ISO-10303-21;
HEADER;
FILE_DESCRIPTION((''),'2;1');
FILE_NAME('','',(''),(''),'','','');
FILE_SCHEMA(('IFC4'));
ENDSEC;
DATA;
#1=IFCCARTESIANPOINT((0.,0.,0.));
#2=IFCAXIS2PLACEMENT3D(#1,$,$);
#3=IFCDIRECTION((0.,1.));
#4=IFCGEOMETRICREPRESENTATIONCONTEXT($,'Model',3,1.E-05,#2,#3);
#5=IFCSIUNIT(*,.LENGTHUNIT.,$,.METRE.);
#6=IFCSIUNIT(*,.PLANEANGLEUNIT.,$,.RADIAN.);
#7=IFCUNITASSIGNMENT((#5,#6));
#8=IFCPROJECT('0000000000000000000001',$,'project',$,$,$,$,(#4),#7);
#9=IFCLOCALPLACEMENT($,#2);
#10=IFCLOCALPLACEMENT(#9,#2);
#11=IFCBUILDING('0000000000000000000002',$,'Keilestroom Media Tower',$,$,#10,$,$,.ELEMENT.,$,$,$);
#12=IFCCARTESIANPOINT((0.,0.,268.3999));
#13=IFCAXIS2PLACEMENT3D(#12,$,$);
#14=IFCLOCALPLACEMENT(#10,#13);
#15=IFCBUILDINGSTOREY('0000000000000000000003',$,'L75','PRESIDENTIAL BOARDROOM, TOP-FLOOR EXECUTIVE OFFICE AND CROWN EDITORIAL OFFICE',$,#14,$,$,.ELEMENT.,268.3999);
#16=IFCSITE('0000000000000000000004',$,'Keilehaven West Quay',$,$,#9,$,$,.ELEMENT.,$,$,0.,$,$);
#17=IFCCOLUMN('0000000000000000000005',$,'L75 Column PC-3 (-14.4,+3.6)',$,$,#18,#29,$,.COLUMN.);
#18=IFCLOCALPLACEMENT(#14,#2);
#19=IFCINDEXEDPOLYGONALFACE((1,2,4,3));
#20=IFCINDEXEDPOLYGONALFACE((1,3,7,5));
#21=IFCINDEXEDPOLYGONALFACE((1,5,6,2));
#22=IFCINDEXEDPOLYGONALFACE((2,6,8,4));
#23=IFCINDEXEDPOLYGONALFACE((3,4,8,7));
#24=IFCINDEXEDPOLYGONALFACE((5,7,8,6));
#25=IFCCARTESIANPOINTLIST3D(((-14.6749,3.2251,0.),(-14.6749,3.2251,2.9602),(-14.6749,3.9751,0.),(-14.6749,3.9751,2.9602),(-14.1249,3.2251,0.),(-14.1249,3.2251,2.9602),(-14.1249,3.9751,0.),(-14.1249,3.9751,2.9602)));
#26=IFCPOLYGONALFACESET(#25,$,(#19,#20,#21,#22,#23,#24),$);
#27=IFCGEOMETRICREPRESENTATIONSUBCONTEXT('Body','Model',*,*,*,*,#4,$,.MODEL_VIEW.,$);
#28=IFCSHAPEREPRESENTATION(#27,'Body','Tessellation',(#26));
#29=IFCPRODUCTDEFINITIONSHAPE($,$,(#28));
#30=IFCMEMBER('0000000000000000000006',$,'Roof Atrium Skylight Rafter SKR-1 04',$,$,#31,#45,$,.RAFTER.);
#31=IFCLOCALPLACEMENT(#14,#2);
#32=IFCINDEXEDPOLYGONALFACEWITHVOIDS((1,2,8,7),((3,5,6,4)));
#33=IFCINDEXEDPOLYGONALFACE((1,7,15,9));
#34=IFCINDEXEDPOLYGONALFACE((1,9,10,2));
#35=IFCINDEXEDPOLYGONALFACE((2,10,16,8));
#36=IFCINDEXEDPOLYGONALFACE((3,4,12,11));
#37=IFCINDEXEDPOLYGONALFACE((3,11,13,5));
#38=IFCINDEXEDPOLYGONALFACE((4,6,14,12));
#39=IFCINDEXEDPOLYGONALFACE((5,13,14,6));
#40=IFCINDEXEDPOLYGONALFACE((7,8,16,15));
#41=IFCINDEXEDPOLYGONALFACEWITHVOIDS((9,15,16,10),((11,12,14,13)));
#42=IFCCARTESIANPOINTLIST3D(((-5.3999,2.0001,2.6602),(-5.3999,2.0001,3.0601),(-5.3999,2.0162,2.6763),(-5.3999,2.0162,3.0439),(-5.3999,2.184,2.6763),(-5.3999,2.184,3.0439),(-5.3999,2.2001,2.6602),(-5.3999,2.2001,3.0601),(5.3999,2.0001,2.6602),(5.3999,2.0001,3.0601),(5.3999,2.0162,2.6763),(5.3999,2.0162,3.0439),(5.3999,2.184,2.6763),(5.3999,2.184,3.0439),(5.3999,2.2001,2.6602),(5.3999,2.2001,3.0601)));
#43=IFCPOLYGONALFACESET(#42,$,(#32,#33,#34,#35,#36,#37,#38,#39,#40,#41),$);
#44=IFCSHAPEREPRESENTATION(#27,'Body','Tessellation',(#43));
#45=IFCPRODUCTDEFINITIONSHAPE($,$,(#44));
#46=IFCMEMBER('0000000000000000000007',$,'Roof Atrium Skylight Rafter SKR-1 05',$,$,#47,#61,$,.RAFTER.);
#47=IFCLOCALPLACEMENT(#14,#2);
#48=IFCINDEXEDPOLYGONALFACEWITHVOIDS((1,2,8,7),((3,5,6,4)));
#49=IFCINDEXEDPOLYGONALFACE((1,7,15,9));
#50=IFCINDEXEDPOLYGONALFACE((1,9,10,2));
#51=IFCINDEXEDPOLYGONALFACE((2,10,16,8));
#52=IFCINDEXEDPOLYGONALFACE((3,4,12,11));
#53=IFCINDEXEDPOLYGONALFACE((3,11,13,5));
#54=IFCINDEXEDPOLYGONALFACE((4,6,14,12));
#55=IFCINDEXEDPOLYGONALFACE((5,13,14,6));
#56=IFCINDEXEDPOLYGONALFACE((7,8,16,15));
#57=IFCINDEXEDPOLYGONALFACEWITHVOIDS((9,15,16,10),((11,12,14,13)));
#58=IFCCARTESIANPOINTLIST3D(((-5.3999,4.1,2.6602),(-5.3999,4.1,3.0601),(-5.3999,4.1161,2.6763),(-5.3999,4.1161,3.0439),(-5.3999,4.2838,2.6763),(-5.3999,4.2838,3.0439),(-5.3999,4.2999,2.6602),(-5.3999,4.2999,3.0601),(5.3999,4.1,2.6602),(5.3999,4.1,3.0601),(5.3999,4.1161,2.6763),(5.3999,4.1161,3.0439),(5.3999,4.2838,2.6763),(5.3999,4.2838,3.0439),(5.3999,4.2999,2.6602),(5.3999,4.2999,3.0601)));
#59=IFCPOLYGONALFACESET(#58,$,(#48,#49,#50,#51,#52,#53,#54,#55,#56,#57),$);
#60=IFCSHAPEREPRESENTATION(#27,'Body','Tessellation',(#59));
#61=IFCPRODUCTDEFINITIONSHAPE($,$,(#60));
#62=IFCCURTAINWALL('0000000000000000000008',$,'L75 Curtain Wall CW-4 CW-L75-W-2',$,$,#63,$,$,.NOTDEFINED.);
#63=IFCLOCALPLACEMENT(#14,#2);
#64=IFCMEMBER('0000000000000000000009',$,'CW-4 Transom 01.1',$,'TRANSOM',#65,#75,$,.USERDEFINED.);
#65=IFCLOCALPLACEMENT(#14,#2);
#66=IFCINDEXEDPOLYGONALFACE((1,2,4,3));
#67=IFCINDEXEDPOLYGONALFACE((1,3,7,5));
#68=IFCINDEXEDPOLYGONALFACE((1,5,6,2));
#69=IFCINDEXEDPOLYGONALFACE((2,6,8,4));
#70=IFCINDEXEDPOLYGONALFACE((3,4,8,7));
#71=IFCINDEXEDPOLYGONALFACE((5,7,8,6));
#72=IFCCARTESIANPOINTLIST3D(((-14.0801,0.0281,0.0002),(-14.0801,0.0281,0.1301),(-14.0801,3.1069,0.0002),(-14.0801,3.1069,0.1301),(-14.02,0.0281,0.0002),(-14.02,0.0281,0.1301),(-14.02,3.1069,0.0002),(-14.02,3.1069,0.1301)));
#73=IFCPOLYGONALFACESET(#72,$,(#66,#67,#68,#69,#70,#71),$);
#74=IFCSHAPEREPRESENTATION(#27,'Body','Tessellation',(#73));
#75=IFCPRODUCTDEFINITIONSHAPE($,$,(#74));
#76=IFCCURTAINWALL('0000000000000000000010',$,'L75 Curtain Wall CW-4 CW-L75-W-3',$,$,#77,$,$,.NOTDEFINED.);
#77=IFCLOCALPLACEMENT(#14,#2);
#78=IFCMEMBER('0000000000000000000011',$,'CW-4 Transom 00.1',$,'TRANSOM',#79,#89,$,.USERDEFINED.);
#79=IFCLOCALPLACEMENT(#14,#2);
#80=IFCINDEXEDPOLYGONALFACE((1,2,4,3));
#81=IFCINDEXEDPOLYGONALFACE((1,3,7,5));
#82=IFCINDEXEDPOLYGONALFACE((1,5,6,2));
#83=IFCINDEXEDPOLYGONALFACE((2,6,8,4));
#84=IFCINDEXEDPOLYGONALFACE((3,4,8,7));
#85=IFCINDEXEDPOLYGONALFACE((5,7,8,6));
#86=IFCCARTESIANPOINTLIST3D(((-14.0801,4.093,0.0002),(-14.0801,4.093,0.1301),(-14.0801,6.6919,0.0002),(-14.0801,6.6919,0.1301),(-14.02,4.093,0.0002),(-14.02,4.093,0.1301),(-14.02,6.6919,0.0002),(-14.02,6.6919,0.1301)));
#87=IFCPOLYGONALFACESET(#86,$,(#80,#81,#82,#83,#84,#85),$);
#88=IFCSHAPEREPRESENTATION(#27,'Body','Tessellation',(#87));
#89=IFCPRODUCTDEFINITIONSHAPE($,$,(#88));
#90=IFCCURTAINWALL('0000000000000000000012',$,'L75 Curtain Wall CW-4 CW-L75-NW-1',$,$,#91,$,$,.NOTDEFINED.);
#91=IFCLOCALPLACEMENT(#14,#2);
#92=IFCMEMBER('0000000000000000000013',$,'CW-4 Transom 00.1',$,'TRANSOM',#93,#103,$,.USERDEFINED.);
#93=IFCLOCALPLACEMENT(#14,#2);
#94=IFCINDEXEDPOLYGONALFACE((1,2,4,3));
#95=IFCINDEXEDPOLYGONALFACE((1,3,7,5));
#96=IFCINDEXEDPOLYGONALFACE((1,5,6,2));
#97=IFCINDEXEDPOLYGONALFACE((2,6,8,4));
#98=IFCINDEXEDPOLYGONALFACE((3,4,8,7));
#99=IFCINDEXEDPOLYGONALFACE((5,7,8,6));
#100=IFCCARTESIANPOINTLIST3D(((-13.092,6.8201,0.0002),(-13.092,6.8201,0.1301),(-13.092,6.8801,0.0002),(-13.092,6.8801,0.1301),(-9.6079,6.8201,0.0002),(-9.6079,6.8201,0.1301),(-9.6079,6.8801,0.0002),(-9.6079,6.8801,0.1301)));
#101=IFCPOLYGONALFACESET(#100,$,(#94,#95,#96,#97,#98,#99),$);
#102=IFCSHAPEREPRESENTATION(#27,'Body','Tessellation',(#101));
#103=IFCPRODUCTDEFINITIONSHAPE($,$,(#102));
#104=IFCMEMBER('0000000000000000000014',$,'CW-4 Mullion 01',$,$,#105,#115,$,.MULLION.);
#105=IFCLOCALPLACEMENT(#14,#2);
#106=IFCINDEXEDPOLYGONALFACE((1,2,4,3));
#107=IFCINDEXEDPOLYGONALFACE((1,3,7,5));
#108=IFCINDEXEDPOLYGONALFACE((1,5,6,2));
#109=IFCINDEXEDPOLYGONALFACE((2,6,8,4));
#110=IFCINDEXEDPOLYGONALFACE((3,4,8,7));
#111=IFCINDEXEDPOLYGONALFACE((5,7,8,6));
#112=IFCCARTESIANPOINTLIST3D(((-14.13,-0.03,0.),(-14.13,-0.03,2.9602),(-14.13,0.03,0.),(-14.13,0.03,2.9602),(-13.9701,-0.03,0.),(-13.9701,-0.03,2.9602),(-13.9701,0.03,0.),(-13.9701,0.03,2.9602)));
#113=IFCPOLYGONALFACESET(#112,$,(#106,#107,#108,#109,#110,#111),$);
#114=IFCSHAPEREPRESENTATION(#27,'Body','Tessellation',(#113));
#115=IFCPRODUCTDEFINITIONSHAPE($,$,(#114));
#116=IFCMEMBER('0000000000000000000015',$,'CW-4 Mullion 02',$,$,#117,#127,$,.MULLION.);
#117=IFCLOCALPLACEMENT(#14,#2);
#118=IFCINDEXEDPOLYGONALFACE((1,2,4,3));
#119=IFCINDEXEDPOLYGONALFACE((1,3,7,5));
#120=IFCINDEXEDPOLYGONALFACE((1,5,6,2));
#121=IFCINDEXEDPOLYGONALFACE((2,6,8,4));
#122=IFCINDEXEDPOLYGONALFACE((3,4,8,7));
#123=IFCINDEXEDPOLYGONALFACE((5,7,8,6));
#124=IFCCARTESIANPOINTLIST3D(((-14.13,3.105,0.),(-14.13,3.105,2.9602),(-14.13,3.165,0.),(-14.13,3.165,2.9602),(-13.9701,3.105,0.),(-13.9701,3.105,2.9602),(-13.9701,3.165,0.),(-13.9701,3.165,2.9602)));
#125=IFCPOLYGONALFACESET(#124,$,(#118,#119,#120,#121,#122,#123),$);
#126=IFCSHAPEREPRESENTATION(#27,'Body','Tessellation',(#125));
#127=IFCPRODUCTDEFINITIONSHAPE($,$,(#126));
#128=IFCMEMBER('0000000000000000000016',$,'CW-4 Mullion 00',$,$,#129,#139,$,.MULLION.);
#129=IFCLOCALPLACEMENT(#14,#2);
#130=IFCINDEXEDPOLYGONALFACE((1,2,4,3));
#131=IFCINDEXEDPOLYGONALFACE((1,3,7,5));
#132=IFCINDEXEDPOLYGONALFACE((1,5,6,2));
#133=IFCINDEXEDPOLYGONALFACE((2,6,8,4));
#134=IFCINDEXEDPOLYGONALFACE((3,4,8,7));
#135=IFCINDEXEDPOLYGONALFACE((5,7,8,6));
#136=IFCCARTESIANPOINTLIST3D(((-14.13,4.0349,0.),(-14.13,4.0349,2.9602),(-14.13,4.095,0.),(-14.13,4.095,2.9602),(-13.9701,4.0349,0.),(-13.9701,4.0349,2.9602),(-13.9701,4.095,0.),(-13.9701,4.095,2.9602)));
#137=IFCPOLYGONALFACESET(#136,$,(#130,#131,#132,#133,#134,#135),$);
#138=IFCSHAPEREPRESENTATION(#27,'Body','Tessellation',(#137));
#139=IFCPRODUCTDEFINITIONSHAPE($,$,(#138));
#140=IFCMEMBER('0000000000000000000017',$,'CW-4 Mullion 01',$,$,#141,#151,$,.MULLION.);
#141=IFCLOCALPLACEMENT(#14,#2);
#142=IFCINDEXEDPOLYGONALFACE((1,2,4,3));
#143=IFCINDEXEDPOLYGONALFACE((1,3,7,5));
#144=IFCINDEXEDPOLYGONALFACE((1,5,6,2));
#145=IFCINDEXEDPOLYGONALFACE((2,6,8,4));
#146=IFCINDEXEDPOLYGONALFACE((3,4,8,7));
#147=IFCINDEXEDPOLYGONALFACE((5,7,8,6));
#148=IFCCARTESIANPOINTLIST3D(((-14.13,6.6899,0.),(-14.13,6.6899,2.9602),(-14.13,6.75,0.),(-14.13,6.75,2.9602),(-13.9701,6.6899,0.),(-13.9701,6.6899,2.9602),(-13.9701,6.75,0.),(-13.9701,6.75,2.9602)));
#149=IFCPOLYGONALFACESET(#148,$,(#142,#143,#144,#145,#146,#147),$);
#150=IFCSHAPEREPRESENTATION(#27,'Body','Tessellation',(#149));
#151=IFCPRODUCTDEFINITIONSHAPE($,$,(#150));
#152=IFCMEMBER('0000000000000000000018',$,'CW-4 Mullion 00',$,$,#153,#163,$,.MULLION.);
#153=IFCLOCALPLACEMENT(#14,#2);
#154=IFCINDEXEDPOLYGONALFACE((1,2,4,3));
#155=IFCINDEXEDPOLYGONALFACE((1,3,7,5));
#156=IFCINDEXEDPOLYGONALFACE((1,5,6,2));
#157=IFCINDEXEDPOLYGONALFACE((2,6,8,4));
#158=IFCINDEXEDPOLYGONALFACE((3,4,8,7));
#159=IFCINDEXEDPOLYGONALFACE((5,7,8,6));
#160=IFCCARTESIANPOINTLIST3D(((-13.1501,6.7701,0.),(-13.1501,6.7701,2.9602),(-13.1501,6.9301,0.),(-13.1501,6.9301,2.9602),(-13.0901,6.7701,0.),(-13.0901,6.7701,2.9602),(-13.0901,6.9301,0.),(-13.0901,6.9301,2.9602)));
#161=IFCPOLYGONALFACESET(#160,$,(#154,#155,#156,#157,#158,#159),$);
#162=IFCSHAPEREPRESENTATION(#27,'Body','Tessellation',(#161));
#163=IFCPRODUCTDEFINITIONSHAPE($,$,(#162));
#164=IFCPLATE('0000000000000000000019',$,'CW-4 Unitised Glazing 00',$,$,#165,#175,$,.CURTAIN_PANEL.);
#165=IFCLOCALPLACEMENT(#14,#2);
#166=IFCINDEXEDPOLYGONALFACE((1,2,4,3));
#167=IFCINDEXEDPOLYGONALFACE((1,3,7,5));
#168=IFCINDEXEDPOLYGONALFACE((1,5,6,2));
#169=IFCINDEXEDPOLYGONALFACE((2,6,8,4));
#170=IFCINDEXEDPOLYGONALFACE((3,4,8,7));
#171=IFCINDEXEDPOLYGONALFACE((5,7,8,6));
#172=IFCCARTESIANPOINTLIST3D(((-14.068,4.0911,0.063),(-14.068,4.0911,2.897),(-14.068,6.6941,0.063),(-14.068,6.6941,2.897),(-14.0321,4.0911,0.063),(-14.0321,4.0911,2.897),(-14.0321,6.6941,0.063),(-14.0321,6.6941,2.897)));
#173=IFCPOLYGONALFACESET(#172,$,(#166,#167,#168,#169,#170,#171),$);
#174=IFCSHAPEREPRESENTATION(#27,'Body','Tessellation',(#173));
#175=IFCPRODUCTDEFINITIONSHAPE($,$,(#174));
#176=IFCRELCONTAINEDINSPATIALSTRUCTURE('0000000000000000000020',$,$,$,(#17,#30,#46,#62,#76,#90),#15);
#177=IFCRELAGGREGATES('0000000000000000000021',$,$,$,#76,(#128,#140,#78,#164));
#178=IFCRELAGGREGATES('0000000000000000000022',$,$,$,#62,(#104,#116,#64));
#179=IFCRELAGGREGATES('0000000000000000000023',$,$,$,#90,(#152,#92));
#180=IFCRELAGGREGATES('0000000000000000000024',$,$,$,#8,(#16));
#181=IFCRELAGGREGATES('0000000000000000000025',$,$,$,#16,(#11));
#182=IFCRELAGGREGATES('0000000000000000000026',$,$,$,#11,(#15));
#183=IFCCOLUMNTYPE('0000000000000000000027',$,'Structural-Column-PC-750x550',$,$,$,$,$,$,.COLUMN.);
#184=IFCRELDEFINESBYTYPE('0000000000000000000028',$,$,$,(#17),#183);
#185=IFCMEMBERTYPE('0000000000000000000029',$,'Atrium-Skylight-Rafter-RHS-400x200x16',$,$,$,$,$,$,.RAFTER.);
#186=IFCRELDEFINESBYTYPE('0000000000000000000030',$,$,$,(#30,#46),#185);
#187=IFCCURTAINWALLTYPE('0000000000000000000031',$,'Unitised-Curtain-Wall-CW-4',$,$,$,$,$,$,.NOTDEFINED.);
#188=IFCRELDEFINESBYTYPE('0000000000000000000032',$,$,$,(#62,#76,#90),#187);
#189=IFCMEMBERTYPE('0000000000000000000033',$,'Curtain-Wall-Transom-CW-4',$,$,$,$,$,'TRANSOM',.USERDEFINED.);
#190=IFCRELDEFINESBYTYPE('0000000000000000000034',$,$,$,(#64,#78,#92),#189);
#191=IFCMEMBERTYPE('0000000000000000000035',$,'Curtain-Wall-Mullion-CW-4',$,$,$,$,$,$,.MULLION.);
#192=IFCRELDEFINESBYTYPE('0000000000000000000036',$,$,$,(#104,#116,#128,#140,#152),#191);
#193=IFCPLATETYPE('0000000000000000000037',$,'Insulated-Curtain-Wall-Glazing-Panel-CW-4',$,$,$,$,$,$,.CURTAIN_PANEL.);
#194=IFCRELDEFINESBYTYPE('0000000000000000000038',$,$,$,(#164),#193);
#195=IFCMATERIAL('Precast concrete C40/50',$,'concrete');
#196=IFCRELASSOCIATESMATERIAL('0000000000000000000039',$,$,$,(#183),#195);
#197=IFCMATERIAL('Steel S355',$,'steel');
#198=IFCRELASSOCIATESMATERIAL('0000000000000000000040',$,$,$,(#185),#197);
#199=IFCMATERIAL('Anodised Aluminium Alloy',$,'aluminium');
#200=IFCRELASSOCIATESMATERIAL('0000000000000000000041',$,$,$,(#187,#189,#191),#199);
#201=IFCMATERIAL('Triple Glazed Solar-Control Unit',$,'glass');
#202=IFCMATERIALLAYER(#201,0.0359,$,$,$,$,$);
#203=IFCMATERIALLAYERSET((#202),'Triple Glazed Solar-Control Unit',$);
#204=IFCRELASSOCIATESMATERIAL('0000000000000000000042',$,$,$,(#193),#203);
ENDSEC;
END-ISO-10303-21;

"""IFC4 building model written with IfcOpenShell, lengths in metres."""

from ifc_helpers import new_model, si_unit, direction, frame, origin, origin_2d, place, context, subcontext, project, spatial, rectangle, hollow_rectangle, extrude, source, transform, mapped, material, layer, layer_set, material_profile, profile_set, type_object, element, aggregate, save


model = new_model("IFC4")

# Units and contexts
model_context = context("Model", 3, precision=1e-05, world=origin(), true_north=direction((0.0, 1.0)))
body_context = subcontext(model_context, "Body", "Model", "MODEL_VIEW")
ifc_project = project(units=[si_unit("LENGTHUNIT", "METRE"), si_unit("PLANEANGLEUNIT", "RADIAN")], contexts=[model_context])

# Site, building, storey
site_placement = place(None, origin())
site = spatial("IfcSite", under=ifc_project, at=site_placement, Name="Keilehaven West Quay", CompositionType="ELEMENT", RefElevation=0.0)
building_placement = place(site_placement, origin())
building = spatial("IfcBuilding", under=site, at=building_placement, Name="Keilestroom Media Tower", CompositionType="ELEMENT")
storey_placement = place(building_placement, frame((0.0, 0.0, 268.3999)))
storey = spatial("IfcBuildingStorey", under=building, at=storey_placement, Name="L75", Description="PRESIDENTIAL BOARDROOM, TOP-FLOOR EXECUTIVE OFFICE AND CROWN EDITORIAL OFFICE", CompositionType="ELEMENT", Elevation=268.3999)

# Column
ifc_material_1 = material(Name="Precast concrete C40/50", Category="concrete")
ifc_material_profile_1 = material_profile(ifc_material_1, rectangle(XDim=0.55, YDim=0.75, at=origin_2d()), Name="PC 750x550")
ifc_profile_set_1 = profile_set([ifc_material_profile_1], Name="Precast concrete C40/50")
column_type = type_object("IfcColumnType", Name="Structural-Column-PC-750x550", PredefinedType="COLUMN", material=ifc_profile_set_1)
shared_shape_1 = source(origin(), body_context, "Body", "SweptSolid", [
    extrude(rectangle(XDim=0.55, YDim=0.75, at=origin_2d()), origin(), (0.0, 0.0, 1.0), 2.9602),
])
column_placement = place(storey_placement, frame((-14.3999, 3.6001, 0.0), z_axis=(0.0, 0.0, 1.0), x_axis=(1.0, 0.0, 0.0)))
element("IfcColumn", 1, at=column_placement, inside=storey, type_object=column_type, Name="L75 Column PC-3 (-14.4,+3.6)", PredefinedType="COLUMN", context=body_context, shape_type="MappedRepresentation", body=[
    mapped(shared_shape_1, transform((0.0, 0.0, 0.0), x_axis=(1.0, 0.0, 0.0), y_axis=(0.0, 1.0, 0.0), z_axis=(0.0, 0.0, 1.0), scale=1.0)),
])

# Members
ifc_material_2 = material(Name="Steel S355", Category="steel")
ifc_material_profile_2 = material_profile(ifc_material_2, hollow_rectangle(XDim=0.2, YDim=0.3999, WallThickness=0.0161, at=origin_2d()), Name="RHS 400x200x16")
ifc_profile_set_2 = profile_set([ifc_material_profile_2], Name="Steel S355")
member_type_1 = type_object("IfcMemberType", Name="Atrium-Skylight-Rafter-RHS-400x200x16", PredefinedType="RAFTER", material=ifc_profile_set_2)
shared_shape_2 = source(origin(), body_context, "Body", "SweptSolid", [
    extrude(hollow_rectangle(XDim=0.2, YDim=0.3999, WallThickness=0.0161, at=origin_2d()), origin(), (0.0, 0.0, 1.0), 10.7998),
])
for number, where, z_axis, x_axis, name in (
    (2, (-5.3999, 2.1001, 2.8601), (1.0, 0.0, 0.0), (0.0, 1.0, 0.0), "Roof Atrium Skylight Rafter SKR-1 04"),
    (3, (-5.3999, 4.2, 2.8601), (1.0, 0.0, 0.0), (0.0, 1.0, 0.0), "Roof Atrium Skylight Rafter SKR-1 05"),
):
    element("IfcMember", number, at=place(storey_placement, frame(where, z_axis=z_axis, x_axis=x_axis)), inside=storey, type_object=member_type_1, Name=name, PredefinedType="RAFTER", context=body_context, shape_type="MappedRepresentation", body=[
        mapped(shared_shape_2, transform((0.0, 0.0, 0.0), x_axis=(1.0, 0.0, 0.0), y_axis=(0.0, 1.0, 0.0), z_axis=(0.0, 0.0, 1.0), scale=1.0)),
    ])

# Curtain walls, members
ifc_material_3 = material(Name="Anodised Aluminium Alloy", Category="aluminium")
curtain_wall_type = type_object("IfcCurtainWallType", Name="Unitised-Curtain-Wall-CW-4", PredefinedType="NOTDEFINED", material=ifc_material_3)
curtain_wall_1_placement = place(storey_placement, origin())
curtain_wall_1 = element("IfcCurtainWall", 4, at=curtain_wall_1_placement, inside=storey, type_object=curtain_wall_type, Name="L75 Curtain Wall CW-4 CW-L75-W-2", PredefinedType="NOTDEFINED")
ifc_material_profile_3 = material_profile(ifc_material_3, rectangle(XDim=0.0601, YDim=0.1299, at=origin_2d()), Name="ALU TRANSOM 60x130")
ifc_profile_set_3 = profile_set([ifc_material_profile_3], Name="Anodised Aluminium Alloy")
member_type_2 = type_object("IfcMemberType", Name="Curtain-Wall-Transom-CW-4", ElementType="TRANSOM", PredefinedType="USERDEFINED", material=ifc_profile_set_3)
shared_shape_3 = source(origin(), body_context, "Body", "SweptSolid", [
    extrude(rectangle(XDim=0.0601, YDim=0.1299, at=origin_2d()), origin(), (0.0, 0.0, 1.0), 3.0789),
])
member_1_placement = place(storey_placement, frame((-14.05, 0.0281, 0.0652), z_axis=(0.0, 1.0, 0.0), x_axis=(-1.0, 0.0, 0.0)))
member_1 = element("IfcMember", 5, at=member_1_placement, type_object=member_type_2, Name="CW-4 Transom 01.1", ObjectType="TRANSOM", PredefinedType="USERDEFINED", context=body_context, shape_type="MappedRepresentation", body=[
    mapped(shared_shape_3, transform((0.0, 0.0, 0.0), x_axis=(1.0, 0.0, 0.0), y_axis=(0.0, 1.0, 0.0), z_axis=(0.0, 0.0, 1.0), scale=1.0)),
])
curtain_wall_2_placement = place(storey_placement, origin())
curtain_wall_2 = element("IfcCurtainWall", 6, at=curtain_wall_2_placement, inside=storey, type_object=curtain_wall_type, Name="L75 Curtain Wall CW-4 CW-L75-W-3", PredefinedType="NOTDEFINED")
shared_shape_4 = source(origin(), body_context, "Body", "SweptSolid", [
    extrude(rectangle(XDim=0.0601, YDim=0.1299, at=origin_2d()), origin(), (0.0, 0.0, 1.0), 2.5989),
])
member_2_placement = place(storey_placement, frame((-14.05, 4.093, 0.0652), z_axis=(0.0, 1.0, 0.0), x_axis=(-1.0, 0.0, 0.0)))
member_2 = element("IfcMember", 7, at=member_2_placement, type_object=member_type_2, Name="CW-4 Transom 00.1", ObjectType="TRANSOM", PredefinedType="USERDEFINED", context=body_context, shape_type="MappedRepresentation", body=[
    mapped(shared_shape_4, transform((0.0, 0.0, 0.0), x_axis=(1.0, 0.0, 0.0), y_axis=(0.0, 1.0, 0.0), z_axis=(0.0, 0.0, 1.0), scale=1.0)),
])
curtain_wall_3_placement = place(storey_placement, origin())
curtain_wall_3 = element("IfcCurtainWall", 8, at=curtain_wall_3_placement, inside=storey, type_object=curtain_wall_type, Name="L75 Curtain Wall CW-4 CW-L75-NW-1", PredefinedType="NOTDEFINED")
shared_shape_5 = source(origin(), body_context, "Body", "SweptSolid", [
    extrude(rectangle(XDim=0.0601, YDim=0.1299, at=origin_2d()), origin(), (0.0, 0.0, 1.0), 3.4841),
])
member_3_placement = place(storey_placement, frame((-13.092, 6.8501, 0.0652), z_axis=(1.0, 0.0, 0.0), x_axis=(0.0, 1.0, 0.0)))
member_3 = element("IfcMember", 9, at=member_3_placement, type_object=member_type_2, Name="CW-4 Transom 00.1", ObjectType="TRANSOM", PredefinedType="USERDEFINED", context=body_context, shape_type="MappedRepresentation", body=[
    mapped(shared_shape_5, transform((0.0, 0.0, 0.0), x_axis=(1.0, 0.0, 0.0), y_axis=(0.0, 1.0, 0.0), z_axis=(0.0, 0.0, 1.0), scale=1.0)),
])

# Members
ifc_material_profile_4 = material_profile(ifc_material_3, rectangle(XDim=0.0601, YDim=0.1599, at=origin_2d()), Name="ALU MULLION 60x160")
ifc_profile_set_4 = profile_set([ifc_material_profile_4], Name="Anodised Aluminium Alloy")
member_type_3 = type_object("IfcMemberType", Name="Curtain-Wall-Mullion-CW-4", PredefinedType="MULLION", material=ifc_profile_set_4)
shared_shape_6 = source(origin(), body_context, "Body", "SweptSolid", [
    extrude(rectangle(XDim=0.0601, YDim=0.1599, at=origin_2d()), origin(), (0.0, 0.0, 1.0), 2.9602),
])
member_4_placement = place(storey_placement, frame((-14.05, 0.0, 0.0), z_axis=(0.0, 0.0, 1.0), x_axis=(0.0, 1.0, 0.0)))
member_4 = element("IfcMember", 10, at=member_4_placement, type_object=member_type_3, Name="CW-4 Mullion 01", PredefinedType="MULLION", context=body_context, shape_type="MappedRepresentation", body=[
    mapped(shared_shape_6, transform((0.0, 0.0, 0.0), x_axis=(1.0, 0.0, 0.0), y_axis=(0.0, 1.0, 0.0), z_axis=(0.0, 0.0, 1.0), scale=1.0)),
])
member_5_placement = place(storey_placement, frame((-14.05, 3.135, 0.0), z_axis=(0.0, 0.0, 1.0), x_axis=(0.0, 1.0, 0.0)))
member_5 = element("IfcMember", 11, at=member_5_placement, type_object=member_type_3, Name="CW-4 Mullion 02", PredefinedType="MULLION", context=body_context, shape_type="MappedRepresentation", body=[
    mapped(shared_shape_6, transform((0.0, 0.0, 0.0), x_axis=(1.0, 0.0, 0.0), y_axis=(0.0, 1.0, 0.0), z_axis=(0.0, 0.0, 1.0), scale=1.0)),
])
member_6_placement = place(storey_placement, frame((-14.05, 4.0649, 0.0), z_axis=(0.0, 0.0, 1.0), x_axis=(0.0, 1.0, 0.0)))
member_6 = element("IfcMember", 12, at=member_6_placement, type_object=member_type_3, Name="CW-4 Mullion 00", PredefinedType="MULLION", context=body_context, shape_type="MappedRepresentation", body=[
    mapped(shared_shape_6, transform((0.0, 0.0, 0.0), x_axis=(1.0, 0.0, 0.0), y_axis=(0.0, 1.0, 0.0), z_axis=(0.0, 0.0, 1.0), scale=1.0)),
])
member_7_placement = place(storey_placement, frame((-14.05, 6.72, 0.0), z_axis=(0.0, 0.0, 1.0), x_axis=(0.0, 1.0, 0.0)))
member_7 = element("IfcMember", 13, at=member_7_placement, type_object=member_type_3, Name="CW-4 Mullion 01", PredefinedType="MULLION", context=body_context, shape_type="MappedRepresentation", body=[
    mapped(shared_shape_6, transform((0.0, 0.0, 0.0), x_axis=(1.0, 0.0, 0.0), y_axis=(0.0, 1.0, 0.0), z_axis=(0.0, 0.0, 1.0), scale=1.0)),
])
member_8_placement = place(storey_placement, frame((-13.1201, 6.8501, 0.0), z_axis=(0.0, 0.0, 1.0), x_axis=(1.0, 0.0, 0.0)))
member_8 = element("IfcMember", 14, at=member_8_placement, type_object=member_type_3, Name="CW-4 Mullion 00", PredefinedType="MULLION", context=body_context, shape_type="MappedRepresentation", body=[
    mapped(shared_shape_6, transform((0.0, 0.0, 0.0), x_axis=(1.0, 0.0, 0.0), y_axis=(0.0, 1.0, 0.0), z_axis=(0.0, 0.0, 1.0), scale=1.0)),
])

# Plate
ifc_material_4 = material(Name="Triple Glazed Solar-Control Unit", Category="glass")
ifc_layer_1 = layer(ifc_material_4, 0.0359)
ifc_layer_set_1 = layer_set([ifc_layer_1], Name="Triple Glazed Solar-Control Unit")
plate_type = type_object("IfcPlateType", Name="Insulated-Curtain-Wall-Glazing-Panel-CW-4", PredefinedType="CURTAIN_PANEL", material=ifc_layer_set_1)
shared_shape_7 = source(origin(), body_context, "Body", "SweptSolid", [
    extrude(rectangle(XDim=2.603, YDim=0.0359, at=origin_2d()), origin(), (0.0, 0.0, 1.0), 2.834),
])
plate_1_placement = place(storey_placement, frame((-14.05, 5.3926, 0.063), z_axis=(0.0, 0.0, 1.0), x_axis=(0.0, 1.0, 0.0)))
plate_1 = element("IfcPlate", 15, at=plate_1_placement, type_object=plate_type, Name="CW-4 Unitised Glazing 00", PredefinedType="CURTAIN_PANEL", context=body_context, shape_type="MappedRepresentation", body=[
    mapped(shared_shape_7, transform((0.0, 0.0, 0.0), x_axis=(1.0, 0.0, 0.0), y_axis=(0.0, 1.0, 0.0), z_axis=(0.0, 0.0, 1.0), scale=1.0)),
])
aggregate(curtain_wall_2, [member_6, member_7, member_2, plate_1])
aggregate(curtain_wall_1, [member_4, member_5, member_1])
aggregate(curtain_wall_3, [member_8, member_3])

save(model, "model.ifc")
